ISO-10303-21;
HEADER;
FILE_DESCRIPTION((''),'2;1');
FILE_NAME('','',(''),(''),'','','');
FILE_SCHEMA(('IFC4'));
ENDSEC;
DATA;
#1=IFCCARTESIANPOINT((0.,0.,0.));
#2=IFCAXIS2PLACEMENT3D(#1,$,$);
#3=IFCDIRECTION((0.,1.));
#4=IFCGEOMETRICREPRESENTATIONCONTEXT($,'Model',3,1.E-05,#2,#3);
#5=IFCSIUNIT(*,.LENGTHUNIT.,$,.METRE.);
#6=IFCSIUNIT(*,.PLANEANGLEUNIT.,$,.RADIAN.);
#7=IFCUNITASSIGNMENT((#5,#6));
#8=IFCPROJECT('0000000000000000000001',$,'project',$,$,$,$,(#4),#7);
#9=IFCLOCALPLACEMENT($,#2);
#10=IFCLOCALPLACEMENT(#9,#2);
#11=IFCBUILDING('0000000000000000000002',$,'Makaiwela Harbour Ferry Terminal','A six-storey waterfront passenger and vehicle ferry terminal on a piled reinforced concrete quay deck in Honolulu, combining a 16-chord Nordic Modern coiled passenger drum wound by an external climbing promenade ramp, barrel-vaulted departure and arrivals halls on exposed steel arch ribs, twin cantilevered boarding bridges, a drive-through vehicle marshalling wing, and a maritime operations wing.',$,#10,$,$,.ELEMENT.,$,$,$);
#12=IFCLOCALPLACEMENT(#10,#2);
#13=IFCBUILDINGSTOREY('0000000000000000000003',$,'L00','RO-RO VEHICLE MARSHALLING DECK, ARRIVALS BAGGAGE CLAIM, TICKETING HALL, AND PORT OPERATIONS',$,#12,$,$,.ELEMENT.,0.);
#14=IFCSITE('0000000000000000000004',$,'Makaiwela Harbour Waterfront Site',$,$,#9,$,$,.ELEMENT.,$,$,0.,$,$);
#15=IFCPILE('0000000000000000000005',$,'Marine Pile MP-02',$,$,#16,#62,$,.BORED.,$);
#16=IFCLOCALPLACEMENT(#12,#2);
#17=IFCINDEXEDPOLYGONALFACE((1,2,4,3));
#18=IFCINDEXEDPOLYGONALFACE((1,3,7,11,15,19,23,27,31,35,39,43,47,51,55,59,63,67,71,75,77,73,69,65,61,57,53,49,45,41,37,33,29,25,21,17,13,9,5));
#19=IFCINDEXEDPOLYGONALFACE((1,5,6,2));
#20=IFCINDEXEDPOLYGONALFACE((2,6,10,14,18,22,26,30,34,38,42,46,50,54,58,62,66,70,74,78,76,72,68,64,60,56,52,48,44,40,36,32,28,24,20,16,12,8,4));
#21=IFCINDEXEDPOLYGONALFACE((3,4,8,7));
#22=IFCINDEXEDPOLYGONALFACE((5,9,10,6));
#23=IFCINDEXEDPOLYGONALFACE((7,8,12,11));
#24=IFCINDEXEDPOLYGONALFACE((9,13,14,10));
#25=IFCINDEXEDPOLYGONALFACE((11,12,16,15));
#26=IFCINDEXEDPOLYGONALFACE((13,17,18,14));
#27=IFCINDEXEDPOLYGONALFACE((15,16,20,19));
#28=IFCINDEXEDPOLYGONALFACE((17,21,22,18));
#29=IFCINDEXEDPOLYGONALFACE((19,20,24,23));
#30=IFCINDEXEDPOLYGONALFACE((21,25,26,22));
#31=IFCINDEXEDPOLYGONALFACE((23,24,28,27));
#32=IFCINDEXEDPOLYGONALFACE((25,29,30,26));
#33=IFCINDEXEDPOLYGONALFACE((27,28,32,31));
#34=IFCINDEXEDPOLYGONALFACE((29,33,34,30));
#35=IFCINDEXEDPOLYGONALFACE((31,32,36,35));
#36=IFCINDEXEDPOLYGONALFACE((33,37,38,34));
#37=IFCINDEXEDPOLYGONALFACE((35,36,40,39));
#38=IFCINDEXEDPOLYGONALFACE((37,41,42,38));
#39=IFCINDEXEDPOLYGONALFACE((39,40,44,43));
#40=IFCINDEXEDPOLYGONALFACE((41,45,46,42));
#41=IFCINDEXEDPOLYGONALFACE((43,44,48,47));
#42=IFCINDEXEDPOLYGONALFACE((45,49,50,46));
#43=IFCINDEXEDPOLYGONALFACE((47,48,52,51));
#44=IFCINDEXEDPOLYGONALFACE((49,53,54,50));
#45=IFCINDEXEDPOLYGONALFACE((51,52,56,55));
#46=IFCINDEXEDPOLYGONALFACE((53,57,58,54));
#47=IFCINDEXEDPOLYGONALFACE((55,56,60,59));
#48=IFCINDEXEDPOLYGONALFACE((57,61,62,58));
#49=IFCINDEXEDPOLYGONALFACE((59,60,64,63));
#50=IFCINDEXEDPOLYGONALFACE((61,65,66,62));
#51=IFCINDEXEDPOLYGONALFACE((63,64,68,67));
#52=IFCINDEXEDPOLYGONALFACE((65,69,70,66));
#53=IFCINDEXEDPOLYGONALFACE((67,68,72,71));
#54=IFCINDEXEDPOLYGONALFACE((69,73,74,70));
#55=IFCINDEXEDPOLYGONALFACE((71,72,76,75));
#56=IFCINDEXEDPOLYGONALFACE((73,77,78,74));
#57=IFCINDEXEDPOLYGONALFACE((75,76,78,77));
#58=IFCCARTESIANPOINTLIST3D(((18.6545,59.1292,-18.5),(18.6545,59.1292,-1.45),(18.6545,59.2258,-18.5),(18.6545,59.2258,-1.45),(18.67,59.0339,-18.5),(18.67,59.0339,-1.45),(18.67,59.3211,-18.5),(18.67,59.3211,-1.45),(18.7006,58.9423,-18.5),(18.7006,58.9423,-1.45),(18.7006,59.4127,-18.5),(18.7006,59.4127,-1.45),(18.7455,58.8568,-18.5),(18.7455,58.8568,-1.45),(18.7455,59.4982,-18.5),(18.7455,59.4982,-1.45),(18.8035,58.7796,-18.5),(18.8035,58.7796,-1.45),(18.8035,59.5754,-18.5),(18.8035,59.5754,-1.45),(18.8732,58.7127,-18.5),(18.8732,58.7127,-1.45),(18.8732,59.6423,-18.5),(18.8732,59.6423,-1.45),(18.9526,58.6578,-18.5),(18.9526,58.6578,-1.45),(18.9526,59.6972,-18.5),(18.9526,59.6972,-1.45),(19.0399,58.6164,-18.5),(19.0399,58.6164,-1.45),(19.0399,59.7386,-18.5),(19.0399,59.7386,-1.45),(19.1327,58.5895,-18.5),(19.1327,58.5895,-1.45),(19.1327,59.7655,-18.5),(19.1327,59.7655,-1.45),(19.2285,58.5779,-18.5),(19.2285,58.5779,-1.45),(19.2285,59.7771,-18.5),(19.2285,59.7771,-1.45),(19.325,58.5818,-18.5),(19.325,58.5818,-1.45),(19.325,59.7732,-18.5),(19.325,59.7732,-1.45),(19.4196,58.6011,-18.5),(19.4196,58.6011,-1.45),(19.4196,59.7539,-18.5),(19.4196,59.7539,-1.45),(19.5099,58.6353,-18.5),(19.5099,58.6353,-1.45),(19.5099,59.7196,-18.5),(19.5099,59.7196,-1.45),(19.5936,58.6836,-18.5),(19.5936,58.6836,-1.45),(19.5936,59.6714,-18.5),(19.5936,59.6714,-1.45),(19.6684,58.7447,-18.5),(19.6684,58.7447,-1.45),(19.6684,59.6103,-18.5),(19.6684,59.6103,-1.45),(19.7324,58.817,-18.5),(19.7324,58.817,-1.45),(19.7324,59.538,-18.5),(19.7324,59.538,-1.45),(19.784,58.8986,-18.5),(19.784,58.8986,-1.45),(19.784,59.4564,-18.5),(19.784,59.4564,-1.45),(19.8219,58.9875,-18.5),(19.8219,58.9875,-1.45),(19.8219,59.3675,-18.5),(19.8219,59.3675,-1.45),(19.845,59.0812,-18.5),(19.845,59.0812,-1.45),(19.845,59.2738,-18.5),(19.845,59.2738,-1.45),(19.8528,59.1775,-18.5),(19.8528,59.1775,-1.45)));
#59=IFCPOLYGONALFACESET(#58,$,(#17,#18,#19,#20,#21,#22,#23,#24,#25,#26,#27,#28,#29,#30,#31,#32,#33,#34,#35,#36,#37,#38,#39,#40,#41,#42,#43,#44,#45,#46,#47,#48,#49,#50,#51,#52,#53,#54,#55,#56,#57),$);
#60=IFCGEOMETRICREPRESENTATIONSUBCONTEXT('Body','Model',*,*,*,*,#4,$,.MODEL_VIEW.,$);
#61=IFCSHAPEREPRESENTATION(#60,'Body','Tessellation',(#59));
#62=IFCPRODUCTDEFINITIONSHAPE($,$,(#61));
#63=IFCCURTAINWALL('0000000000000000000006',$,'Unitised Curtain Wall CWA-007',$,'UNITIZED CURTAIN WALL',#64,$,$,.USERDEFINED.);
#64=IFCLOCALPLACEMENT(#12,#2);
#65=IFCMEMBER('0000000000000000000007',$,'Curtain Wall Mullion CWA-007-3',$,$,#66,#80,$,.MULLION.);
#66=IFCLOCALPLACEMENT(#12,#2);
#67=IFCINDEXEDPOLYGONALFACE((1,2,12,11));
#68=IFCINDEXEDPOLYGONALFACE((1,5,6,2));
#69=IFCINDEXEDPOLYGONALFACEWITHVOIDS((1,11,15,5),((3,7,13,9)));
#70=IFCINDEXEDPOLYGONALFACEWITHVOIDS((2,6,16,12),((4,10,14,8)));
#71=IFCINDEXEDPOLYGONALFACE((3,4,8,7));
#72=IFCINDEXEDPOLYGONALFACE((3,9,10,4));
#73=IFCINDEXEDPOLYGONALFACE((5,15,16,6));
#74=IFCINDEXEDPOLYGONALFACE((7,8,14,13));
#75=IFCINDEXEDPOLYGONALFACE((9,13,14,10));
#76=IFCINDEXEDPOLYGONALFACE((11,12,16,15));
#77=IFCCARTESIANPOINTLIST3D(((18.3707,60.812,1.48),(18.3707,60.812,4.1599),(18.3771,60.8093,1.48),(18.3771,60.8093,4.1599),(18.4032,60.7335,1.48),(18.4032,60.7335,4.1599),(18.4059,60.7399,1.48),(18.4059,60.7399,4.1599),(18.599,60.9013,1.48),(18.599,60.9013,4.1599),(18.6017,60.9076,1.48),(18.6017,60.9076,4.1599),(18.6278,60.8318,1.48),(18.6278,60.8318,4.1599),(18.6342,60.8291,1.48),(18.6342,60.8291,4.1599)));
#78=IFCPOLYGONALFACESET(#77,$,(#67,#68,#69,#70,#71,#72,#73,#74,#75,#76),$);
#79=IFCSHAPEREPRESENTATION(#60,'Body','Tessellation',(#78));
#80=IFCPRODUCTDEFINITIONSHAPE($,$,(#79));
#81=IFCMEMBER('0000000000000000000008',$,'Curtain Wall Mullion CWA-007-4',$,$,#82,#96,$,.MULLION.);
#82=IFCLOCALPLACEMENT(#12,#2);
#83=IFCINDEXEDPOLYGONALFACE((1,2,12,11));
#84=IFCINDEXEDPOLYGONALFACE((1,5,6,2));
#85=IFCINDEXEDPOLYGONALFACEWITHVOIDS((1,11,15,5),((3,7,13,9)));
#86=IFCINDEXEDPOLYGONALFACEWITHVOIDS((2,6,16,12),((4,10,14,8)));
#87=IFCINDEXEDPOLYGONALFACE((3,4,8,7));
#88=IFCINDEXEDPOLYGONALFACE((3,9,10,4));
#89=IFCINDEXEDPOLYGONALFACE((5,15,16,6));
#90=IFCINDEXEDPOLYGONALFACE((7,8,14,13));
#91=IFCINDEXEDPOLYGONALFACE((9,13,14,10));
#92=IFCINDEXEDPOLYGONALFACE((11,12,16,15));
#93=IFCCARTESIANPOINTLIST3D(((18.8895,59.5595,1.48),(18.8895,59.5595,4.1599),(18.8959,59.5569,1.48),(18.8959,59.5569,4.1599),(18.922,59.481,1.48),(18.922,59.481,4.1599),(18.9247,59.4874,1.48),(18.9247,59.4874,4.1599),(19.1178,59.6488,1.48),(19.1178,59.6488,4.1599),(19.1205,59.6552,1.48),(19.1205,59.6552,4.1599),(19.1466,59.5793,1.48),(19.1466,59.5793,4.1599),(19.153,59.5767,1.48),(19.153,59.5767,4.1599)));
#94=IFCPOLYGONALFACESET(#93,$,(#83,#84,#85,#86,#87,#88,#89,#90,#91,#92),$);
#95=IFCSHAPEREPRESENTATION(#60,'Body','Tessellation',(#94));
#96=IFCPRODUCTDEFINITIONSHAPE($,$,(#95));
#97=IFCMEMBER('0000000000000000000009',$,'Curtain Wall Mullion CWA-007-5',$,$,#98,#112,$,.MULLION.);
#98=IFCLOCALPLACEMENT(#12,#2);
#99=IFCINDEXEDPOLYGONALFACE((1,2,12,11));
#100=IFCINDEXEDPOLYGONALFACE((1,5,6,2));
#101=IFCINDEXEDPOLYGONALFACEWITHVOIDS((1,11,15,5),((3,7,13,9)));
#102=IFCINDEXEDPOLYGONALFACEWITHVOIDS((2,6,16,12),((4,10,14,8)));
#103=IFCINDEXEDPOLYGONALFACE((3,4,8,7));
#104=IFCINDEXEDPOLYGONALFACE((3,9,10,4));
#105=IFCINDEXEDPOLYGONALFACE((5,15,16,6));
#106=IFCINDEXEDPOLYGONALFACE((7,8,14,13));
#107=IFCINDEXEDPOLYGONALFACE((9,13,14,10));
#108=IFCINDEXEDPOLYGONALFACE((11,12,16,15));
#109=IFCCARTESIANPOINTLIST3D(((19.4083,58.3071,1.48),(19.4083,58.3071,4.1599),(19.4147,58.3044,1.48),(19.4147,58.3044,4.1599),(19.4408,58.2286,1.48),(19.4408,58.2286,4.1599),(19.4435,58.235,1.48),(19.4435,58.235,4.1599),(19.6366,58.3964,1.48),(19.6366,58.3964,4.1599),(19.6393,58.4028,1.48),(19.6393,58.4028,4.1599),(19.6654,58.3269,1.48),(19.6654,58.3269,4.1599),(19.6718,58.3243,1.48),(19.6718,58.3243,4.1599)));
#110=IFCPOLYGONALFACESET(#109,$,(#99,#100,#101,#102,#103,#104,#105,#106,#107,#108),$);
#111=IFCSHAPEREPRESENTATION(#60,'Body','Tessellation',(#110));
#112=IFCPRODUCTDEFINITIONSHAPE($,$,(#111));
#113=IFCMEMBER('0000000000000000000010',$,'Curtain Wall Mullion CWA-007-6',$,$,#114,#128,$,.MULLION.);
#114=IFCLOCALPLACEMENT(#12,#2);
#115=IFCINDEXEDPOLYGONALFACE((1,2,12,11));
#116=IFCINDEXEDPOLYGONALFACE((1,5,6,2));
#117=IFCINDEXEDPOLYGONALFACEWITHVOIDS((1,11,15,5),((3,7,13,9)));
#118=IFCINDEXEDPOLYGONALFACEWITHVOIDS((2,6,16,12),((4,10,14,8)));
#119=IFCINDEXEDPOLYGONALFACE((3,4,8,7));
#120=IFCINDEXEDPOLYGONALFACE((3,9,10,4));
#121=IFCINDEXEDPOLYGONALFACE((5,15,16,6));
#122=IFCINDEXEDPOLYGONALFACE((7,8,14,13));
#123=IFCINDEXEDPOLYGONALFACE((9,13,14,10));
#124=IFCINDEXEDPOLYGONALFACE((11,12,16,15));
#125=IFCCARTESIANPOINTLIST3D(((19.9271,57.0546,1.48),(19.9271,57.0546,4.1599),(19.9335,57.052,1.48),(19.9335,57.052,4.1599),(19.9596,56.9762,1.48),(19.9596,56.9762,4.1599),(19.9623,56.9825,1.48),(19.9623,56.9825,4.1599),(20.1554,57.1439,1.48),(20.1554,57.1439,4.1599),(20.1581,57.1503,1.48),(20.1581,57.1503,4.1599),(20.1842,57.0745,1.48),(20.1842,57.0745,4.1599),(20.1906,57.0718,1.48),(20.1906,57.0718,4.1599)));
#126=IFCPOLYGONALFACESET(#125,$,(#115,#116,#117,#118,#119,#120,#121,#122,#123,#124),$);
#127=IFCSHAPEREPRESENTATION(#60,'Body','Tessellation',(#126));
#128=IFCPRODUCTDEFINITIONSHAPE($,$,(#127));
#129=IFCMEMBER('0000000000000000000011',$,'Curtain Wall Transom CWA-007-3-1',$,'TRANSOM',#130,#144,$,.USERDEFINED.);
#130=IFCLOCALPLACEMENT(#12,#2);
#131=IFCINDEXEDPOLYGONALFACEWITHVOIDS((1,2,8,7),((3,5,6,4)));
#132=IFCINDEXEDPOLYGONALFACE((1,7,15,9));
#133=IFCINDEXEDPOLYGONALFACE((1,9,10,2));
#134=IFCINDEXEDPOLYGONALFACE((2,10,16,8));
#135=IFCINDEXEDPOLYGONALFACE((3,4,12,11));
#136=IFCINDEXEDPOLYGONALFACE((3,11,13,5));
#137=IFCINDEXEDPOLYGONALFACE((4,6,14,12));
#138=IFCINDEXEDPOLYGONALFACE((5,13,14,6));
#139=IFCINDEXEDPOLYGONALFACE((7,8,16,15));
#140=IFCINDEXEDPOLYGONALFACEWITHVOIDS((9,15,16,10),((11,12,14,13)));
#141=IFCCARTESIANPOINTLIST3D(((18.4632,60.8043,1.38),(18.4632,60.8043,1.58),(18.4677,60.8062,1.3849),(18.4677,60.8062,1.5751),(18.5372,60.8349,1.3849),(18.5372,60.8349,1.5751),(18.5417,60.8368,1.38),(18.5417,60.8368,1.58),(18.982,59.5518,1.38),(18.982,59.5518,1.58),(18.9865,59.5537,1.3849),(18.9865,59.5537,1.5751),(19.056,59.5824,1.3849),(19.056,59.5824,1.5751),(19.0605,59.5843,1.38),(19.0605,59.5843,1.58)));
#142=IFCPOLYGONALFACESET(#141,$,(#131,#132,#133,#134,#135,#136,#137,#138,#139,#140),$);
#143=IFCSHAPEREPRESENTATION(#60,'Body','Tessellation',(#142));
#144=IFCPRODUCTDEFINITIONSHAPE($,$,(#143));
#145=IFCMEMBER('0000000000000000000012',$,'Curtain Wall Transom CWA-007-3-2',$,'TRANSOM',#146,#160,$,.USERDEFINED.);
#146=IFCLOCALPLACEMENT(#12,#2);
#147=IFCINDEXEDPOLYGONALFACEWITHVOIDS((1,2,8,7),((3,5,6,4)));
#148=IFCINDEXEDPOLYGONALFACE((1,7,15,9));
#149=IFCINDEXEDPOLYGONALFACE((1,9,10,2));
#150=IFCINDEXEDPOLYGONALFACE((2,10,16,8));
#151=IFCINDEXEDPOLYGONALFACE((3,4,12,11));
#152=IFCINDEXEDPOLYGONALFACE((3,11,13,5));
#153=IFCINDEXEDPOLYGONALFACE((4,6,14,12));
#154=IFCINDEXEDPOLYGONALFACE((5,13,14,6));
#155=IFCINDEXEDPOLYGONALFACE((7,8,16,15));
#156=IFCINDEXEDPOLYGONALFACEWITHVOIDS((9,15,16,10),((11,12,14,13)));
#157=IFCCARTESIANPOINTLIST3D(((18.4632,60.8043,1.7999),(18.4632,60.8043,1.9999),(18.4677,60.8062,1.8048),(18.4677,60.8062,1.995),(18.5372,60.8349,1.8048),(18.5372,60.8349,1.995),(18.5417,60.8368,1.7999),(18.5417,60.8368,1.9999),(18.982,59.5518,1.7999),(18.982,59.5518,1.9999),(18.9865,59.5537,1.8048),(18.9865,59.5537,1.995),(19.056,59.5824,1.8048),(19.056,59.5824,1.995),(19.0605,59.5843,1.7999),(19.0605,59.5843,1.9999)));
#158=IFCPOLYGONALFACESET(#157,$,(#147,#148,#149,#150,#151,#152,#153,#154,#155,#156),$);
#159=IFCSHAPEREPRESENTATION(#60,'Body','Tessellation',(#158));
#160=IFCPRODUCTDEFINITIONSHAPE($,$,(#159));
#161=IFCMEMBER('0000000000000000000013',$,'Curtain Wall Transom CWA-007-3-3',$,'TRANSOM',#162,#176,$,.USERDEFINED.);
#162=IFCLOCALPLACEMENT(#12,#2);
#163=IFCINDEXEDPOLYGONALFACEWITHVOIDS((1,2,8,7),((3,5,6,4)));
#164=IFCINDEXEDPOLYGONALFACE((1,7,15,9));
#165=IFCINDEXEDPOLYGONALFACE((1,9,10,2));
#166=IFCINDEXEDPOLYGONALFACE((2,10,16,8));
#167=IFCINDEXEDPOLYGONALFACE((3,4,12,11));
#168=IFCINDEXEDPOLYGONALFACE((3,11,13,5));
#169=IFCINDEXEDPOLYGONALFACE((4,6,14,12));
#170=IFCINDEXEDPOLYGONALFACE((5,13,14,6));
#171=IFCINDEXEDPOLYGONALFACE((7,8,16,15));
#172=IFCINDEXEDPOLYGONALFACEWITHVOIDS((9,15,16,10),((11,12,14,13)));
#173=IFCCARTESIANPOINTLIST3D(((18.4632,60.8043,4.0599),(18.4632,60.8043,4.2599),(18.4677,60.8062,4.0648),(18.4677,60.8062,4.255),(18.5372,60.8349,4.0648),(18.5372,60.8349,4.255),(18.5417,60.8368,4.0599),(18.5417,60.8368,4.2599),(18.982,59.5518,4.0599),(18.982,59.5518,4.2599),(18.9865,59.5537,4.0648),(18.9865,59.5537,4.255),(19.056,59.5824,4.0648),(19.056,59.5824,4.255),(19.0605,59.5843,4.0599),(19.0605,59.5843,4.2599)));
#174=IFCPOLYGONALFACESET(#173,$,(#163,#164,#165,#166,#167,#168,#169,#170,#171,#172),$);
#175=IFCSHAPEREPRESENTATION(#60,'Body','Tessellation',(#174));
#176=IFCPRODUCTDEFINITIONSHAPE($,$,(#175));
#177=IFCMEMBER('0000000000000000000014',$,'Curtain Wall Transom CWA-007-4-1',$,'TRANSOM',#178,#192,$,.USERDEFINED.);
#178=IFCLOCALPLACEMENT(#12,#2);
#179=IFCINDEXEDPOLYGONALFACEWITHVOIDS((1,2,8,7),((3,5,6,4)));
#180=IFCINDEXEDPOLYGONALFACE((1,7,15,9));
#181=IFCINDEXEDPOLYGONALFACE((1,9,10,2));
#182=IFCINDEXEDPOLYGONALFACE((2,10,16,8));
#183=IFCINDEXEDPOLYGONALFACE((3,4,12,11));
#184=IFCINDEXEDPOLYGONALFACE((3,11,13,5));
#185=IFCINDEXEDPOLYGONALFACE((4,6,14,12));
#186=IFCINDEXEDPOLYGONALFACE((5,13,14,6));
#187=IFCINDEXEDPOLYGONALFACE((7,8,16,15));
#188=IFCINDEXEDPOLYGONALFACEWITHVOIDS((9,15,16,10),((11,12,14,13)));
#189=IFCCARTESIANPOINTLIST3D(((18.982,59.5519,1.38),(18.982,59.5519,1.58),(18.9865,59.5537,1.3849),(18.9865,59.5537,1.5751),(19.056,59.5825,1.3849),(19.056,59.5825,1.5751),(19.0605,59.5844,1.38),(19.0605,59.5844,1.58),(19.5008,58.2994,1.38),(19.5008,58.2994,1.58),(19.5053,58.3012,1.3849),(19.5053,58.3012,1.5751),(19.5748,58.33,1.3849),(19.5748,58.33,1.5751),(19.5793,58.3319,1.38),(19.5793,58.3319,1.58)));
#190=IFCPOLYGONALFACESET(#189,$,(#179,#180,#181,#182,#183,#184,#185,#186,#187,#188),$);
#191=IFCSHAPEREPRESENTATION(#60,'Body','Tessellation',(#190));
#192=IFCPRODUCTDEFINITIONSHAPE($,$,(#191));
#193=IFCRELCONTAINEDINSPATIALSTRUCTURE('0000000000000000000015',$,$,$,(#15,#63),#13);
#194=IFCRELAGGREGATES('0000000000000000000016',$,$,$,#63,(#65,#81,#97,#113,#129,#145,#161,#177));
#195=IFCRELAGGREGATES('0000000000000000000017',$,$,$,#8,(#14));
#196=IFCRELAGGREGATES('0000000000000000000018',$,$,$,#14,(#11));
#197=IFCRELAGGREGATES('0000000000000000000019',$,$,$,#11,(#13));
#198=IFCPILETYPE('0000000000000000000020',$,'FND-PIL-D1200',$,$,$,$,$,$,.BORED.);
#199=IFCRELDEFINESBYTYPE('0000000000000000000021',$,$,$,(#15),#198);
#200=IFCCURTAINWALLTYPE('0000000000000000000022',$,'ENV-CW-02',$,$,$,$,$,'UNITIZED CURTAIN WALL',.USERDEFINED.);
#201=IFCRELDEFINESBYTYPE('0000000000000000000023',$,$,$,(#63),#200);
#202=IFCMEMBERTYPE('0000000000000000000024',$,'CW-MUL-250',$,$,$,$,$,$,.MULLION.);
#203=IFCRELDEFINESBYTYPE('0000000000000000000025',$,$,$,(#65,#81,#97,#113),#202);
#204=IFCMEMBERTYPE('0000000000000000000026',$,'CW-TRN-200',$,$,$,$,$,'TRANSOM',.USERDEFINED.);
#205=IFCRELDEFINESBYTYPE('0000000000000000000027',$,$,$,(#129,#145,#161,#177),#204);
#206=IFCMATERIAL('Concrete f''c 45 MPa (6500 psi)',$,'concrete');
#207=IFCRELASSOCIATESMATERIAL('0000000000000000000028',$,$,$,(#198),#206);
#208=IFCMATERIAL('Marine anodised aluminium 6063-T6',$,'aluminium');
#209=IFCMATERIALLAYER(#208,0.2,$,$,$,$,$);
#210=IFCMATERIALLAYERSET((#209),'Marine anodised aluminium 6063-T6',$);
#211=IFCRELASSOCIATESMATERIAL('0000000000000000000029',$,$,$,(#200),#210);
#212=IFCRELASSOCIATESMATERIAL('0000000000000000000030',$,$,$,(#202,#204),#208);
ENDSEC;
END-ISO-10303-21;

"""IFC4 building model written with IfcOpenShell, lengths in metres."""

from ifc_helpers import new_model, si_unit, direction, frame, origin, origin_2d, place, context, subcontext, project, spatial, hollow_rectangle, circle, extrude, material, layer, layer_set, material_profile, profile_set, type_object, element, aggregate, save


model = new_model("IFC4")

# Units and contexts
model_context = context("Model", 3, precision=1e-05, world=origin(), true_north=direction((0.0, 1.0)))
body_context = subcontext(model_context, "Body", "Model", "MODEL_VIEW")
ifc_project = project(units=[si_unit("LENGTHUNIT", "METRE"), si_unit("PLANEANGLEUNIT", "RADIAN")], contexts=[model_context])

# Site, building, storey
site_placement = place(None, origin())
site = spatial("IfcSite", under=ifc_project, at=site_placement, Name="Makaiwela Harbour Waterfront Site", CompositionType="ELEMENT", RefElevation=0.0)
building_placement = place(site_placement, origin())
building = spatial("IfcBuilding", under=site, at=building_placement, Name="Makaiwela Harbour Ferry Terminal", Description="A six-storey waterfront passenger and vehicle ferry terminal on a piled reinforced concrete quay deck in Honolulu, combining a 16-chord Nordic Modern coiled passenger drum wound by an external climbing promenade ramp, barrel-vaulted departure and arrivals halls on exposed steel arch ribs, twin cantilevered boarding bridges, a drive-through vehicle marshalling wing, and a maritime operations wing.", CompositionType="ELEMENT")
storey_placement = place(building_placement, origin())
storey = spatial("IfcBuildingStorey", under=building, at=storey_placement, Name="L00", Description="RO-RO VEHICLE MARSHALLING DECK, ARRIVALS BAGGAGE CLAIM, TICKETING HALL, AND PORT OPERATIONS", CompositionType="ELEMENT", Elevation=0.0)

# Pile
ifc_material_1 = material(Name="Concrete f'c 45 MPa (6500 psi)", Category="concrete")
ifc_material_profile_1 = material_profile(ifc_material_1, circle(Radius=0.6001, at=origin_2d()), Name="PILE-D1200")
ifc_profile_set_1 = profile_set([ifc_material_profile_1], Name="Concrete f'c 45 MPa (6500 psi)")
pile_type = type_object("IfcPileType", Name="FND-PIL-D1200", PredefinedType="BORED", material=ifc_profile_set_1)
pile_placement = place(storey_placement, frame((19.2527, 59.1775, -1.45), z_axis=(0.0, 0.0, -1.0), x_axis=(1.0, 0.0, 0.0)))
element("IfcPile", 1, at=pile_placement, inside=storey, type_object=pile_type, Name="Marine Pile MP-02", PredefinedType="BORED", context=body_context, shape_type="SweptSolid", body=[
    extrude(circle(Radius=0.6001, at=origin_2d()), origin(), (0.0, 0.0, 1.0), 17.05),
])

# Curtain wall, members
ifc_material_2 = material(Name="Marine anodised aluminium 6063-T6", Category="aluminium")
ifc_layer_1 = layer(ifc_material_2, 0.2)
ifc_layer_set_1 = layer_set([ifc_layer_1], Name="Marine anodised aluminium 6063-T6")
curtain_wall_type = type_object("IfcCurtainWallType", Name="ENV-CW-02", ElementType="UNITIZED CURTAIN WALL", PredefinedType="USERDEFINED", material=ifc_layer_set_1)
curtain_wall_placement = place(storey_placement, origin())
curtain_wall = element("IfcCurtainWall", 2, at=curtain_wall_placement, inside=storey, type_object=curtain_wall_type, Name="Unitised Curtain Wall CWA-007", ObjectType="UNITIZED CURTAIN WALL", PredefinedType="USERDEFINED")
ifc_material_profile_2 = material_profile(ifc_material_2, hollow_rectangle(XDim=0.085, YDim=0.25, WallThickness=0.0049, at=origin_2d()), Name="CWM-250X85")
ifc_profile_set_2 = profile_set([ifc_material_profile_2], Name="Marine anodised aluminium 6063-T6")
member_type_1 = type_object("IfcMemberType", Name="CW-MUL-250", PredefinedType="MULLION", material=ifc_profile_set_2)
member_1_placement = place(storey_placement, frame((18.5024, 60.8206, 1.48), z_axis=(0.0, 0.0, 1.0), x_axis=(-0.382683, 0.92388, 0.0)))
member_1 = element("IfcMember", 3, at=member_1_placement, type_object=member_type_1, Name="Curtain Wall Mullion CWA-007-3", PredefinedType="MULLION", context=body_context, shape_type="SweptSolid", body=[
    extrude(hollow_rectangle(XDim=0.085, YDim=0.25, WallThickness=0.0049, at=origin_2d()), origin(), (0.0, 0.0, 1.0), 2.6799),
])
member_2_placement = place(storey_placement, frame((19.0212, 59.5681, 1.48), z_axis=(0.0, 0.0, 1.0), x_axis=(-0.382683, 0.92388, 0.0)))
member_2 = element("IfcMember", 4, at=member_2_placement, type_object=member_type_1, Name="Curtain Wall Mullion CWA-007-4", PredefinedType="MULLION", context=body_context, shape_type="SweptSolid", body=[
    extrude(hollow_rectangle(XDim=0.085, YDim=0.25, WallThickness=0.0049, at=origin_2d()), origin(), (0.0, 0.0, 1.0), 2.6799),
])
member_3_placement = place(storey_placement, frame((19.54, 58.3157, 1.48), z_axis=(0.0, 0.0, 1.0), x_axis=(-0.382683, 0.92388, 0.0)))
member_3 = element("IfcMember", 5, at=member_3_placement, type_object=member_type_1, Name="Curtain Wall Mullion CWA-007-5", PredefinedType="MULLION", context=body_context, shape_type="SweptSolid", body=[
    extrude(hollow_rectangle(XDim=0.085, YDim=0.25, WallThickness=0.0049, at=origin_2d()), origin(), (0.0, 0.0, 1.0), 2.6799),
])
member_4_placement = place(storey_placement, frame((20.0588, 57.0632, 1.48), z_axis=(0.0, 0.0, 1.0), x_axis=(-0.382683, 0.92388, 0.0)))
member_4 = element("IfcMember", 6, at=member_4_placement, type_object=member_type_1, Name="Curtain Wall Mullion CWA-007-6", PredefinedType="MULLION", context=body_context, shape_type="SweptSolid", body=[
    extrude(hollow_rectangle(XDim=0.085, YDim=0.25, WallThickness=0.0049, at=origin_2d()), origin(), (0.0, 0.0, 1.0), 2.6799),
])
ifc_material_profile_3 = material_profile(ifc_material_2, hollow_rectangle(XDim=0.085, YDim=0.2, WallThickness=0.0049, at=origin_2d()), Name="CWT-200X85")
ifc_profile_set_3 = profile_set([ifc_material_profile_3], Name="Marine anodised aluminium 6063-T6")
member_type_2 = type_object("IfcMemberType", Name="CW-TRN-200", ElementType="TRANSOM", PredefinedType="USERDEFINED", material=ifc_profile_set_3)
member_5_placement = place(storey_placement, frame((18.5024, 60.8206, 1.48), z_axis=(0.382696, -0.923874, 0.0), x_axis=(0.923874, 0.382696, 0.0)))
member_5 = element("IfcMember", 7, at=member_5_placement, type_object=member_type_2, Name="Curtain Wall Transom CWA-007-3-1", ObjectType="TRANSOM", PredefinedType="USERDEFINED", context=body_context, shape_type="SweptSolid", body=[
    extrude(hollow_rectangle(XDim=0.085, YDim=0.2, WallThickness=0.0049, at=origin_2d()), origin(), (0.0, 0.0, 1.0), 1.3557),
])
member_6_placement = place(storey_placement, frame((18.5024, 60.8206, 1.8999), z_axis=(0.382696, -0.923874, 0.0), x_axis=(0.923874, 0.382696, 0.0)))
member_6 = element("IfcMember", 8, at=member_6_placement, type_object=member_type_2, Name="Curtain Wall Transom CWA-007-3-2", ObjectType="TRANSOM", PredefinedType="USERDEFINED", context=body_context, shape_type="SweptSolid", body=[
    extrude(hollow_rectangle(XDim=0.085, YDim=0.2, WallThickness=0.0049, at=origin_2d()), origin(), (0.0, 0.0, 1.0), 1.3557),
])
member_7_placement = place(storey_placement, frame((18.5024, 60.8206, 4.1599), z_axis=(0.382696, -0.923874, 0.0), x_axis=(0.923874, 0.382696, 0.0)))
member_7 = element("IfcMember", 9, at=member_7_placement, type_object=member_type_2, Name="Curtain Wall Transom CWA-007-3-3", ObjectType="TRANSOM", PredefinedType="USERDEFINED", context=body_context, shape_type="SweptSolid", body=[
    extrude(hollow_rectangle(XDim=0.085, YDim=0.2, WallThickness=0.0049, at=origin_2d()), origin(), (0.0, 0.0, 1.0), 1.3557),
])
member_8_placement = place(storey_placement, frame((19.0212, 59.5681, 1.48), z_axis=(0.382696, -0.923874, 0.0), x_axis=(0.923874, 0.382696, 0.0)))
member_8 = element("IfcMember", 10, at=member_8_placement, type_object=member_type_2, Name="Curtain Wall Transom CWA-007-4-1", ObjectType="TRANSOM", PredefinedType="USERDEFINED", context=body_context, shape_type="SweptSolid", body=[
    extrude(hollow_rectangle(XDim=0.085, YDim=0.2, WallThickness=0.0049, at=origin_2d()), origin(), (0.0, 0.0, 1.0), 1.3557),
])

aggregate(curtain_wall, [member_1, member_2, member_3, member_4, member_5, member_6, member_7, member_8])

save(model, "model.ifc")
